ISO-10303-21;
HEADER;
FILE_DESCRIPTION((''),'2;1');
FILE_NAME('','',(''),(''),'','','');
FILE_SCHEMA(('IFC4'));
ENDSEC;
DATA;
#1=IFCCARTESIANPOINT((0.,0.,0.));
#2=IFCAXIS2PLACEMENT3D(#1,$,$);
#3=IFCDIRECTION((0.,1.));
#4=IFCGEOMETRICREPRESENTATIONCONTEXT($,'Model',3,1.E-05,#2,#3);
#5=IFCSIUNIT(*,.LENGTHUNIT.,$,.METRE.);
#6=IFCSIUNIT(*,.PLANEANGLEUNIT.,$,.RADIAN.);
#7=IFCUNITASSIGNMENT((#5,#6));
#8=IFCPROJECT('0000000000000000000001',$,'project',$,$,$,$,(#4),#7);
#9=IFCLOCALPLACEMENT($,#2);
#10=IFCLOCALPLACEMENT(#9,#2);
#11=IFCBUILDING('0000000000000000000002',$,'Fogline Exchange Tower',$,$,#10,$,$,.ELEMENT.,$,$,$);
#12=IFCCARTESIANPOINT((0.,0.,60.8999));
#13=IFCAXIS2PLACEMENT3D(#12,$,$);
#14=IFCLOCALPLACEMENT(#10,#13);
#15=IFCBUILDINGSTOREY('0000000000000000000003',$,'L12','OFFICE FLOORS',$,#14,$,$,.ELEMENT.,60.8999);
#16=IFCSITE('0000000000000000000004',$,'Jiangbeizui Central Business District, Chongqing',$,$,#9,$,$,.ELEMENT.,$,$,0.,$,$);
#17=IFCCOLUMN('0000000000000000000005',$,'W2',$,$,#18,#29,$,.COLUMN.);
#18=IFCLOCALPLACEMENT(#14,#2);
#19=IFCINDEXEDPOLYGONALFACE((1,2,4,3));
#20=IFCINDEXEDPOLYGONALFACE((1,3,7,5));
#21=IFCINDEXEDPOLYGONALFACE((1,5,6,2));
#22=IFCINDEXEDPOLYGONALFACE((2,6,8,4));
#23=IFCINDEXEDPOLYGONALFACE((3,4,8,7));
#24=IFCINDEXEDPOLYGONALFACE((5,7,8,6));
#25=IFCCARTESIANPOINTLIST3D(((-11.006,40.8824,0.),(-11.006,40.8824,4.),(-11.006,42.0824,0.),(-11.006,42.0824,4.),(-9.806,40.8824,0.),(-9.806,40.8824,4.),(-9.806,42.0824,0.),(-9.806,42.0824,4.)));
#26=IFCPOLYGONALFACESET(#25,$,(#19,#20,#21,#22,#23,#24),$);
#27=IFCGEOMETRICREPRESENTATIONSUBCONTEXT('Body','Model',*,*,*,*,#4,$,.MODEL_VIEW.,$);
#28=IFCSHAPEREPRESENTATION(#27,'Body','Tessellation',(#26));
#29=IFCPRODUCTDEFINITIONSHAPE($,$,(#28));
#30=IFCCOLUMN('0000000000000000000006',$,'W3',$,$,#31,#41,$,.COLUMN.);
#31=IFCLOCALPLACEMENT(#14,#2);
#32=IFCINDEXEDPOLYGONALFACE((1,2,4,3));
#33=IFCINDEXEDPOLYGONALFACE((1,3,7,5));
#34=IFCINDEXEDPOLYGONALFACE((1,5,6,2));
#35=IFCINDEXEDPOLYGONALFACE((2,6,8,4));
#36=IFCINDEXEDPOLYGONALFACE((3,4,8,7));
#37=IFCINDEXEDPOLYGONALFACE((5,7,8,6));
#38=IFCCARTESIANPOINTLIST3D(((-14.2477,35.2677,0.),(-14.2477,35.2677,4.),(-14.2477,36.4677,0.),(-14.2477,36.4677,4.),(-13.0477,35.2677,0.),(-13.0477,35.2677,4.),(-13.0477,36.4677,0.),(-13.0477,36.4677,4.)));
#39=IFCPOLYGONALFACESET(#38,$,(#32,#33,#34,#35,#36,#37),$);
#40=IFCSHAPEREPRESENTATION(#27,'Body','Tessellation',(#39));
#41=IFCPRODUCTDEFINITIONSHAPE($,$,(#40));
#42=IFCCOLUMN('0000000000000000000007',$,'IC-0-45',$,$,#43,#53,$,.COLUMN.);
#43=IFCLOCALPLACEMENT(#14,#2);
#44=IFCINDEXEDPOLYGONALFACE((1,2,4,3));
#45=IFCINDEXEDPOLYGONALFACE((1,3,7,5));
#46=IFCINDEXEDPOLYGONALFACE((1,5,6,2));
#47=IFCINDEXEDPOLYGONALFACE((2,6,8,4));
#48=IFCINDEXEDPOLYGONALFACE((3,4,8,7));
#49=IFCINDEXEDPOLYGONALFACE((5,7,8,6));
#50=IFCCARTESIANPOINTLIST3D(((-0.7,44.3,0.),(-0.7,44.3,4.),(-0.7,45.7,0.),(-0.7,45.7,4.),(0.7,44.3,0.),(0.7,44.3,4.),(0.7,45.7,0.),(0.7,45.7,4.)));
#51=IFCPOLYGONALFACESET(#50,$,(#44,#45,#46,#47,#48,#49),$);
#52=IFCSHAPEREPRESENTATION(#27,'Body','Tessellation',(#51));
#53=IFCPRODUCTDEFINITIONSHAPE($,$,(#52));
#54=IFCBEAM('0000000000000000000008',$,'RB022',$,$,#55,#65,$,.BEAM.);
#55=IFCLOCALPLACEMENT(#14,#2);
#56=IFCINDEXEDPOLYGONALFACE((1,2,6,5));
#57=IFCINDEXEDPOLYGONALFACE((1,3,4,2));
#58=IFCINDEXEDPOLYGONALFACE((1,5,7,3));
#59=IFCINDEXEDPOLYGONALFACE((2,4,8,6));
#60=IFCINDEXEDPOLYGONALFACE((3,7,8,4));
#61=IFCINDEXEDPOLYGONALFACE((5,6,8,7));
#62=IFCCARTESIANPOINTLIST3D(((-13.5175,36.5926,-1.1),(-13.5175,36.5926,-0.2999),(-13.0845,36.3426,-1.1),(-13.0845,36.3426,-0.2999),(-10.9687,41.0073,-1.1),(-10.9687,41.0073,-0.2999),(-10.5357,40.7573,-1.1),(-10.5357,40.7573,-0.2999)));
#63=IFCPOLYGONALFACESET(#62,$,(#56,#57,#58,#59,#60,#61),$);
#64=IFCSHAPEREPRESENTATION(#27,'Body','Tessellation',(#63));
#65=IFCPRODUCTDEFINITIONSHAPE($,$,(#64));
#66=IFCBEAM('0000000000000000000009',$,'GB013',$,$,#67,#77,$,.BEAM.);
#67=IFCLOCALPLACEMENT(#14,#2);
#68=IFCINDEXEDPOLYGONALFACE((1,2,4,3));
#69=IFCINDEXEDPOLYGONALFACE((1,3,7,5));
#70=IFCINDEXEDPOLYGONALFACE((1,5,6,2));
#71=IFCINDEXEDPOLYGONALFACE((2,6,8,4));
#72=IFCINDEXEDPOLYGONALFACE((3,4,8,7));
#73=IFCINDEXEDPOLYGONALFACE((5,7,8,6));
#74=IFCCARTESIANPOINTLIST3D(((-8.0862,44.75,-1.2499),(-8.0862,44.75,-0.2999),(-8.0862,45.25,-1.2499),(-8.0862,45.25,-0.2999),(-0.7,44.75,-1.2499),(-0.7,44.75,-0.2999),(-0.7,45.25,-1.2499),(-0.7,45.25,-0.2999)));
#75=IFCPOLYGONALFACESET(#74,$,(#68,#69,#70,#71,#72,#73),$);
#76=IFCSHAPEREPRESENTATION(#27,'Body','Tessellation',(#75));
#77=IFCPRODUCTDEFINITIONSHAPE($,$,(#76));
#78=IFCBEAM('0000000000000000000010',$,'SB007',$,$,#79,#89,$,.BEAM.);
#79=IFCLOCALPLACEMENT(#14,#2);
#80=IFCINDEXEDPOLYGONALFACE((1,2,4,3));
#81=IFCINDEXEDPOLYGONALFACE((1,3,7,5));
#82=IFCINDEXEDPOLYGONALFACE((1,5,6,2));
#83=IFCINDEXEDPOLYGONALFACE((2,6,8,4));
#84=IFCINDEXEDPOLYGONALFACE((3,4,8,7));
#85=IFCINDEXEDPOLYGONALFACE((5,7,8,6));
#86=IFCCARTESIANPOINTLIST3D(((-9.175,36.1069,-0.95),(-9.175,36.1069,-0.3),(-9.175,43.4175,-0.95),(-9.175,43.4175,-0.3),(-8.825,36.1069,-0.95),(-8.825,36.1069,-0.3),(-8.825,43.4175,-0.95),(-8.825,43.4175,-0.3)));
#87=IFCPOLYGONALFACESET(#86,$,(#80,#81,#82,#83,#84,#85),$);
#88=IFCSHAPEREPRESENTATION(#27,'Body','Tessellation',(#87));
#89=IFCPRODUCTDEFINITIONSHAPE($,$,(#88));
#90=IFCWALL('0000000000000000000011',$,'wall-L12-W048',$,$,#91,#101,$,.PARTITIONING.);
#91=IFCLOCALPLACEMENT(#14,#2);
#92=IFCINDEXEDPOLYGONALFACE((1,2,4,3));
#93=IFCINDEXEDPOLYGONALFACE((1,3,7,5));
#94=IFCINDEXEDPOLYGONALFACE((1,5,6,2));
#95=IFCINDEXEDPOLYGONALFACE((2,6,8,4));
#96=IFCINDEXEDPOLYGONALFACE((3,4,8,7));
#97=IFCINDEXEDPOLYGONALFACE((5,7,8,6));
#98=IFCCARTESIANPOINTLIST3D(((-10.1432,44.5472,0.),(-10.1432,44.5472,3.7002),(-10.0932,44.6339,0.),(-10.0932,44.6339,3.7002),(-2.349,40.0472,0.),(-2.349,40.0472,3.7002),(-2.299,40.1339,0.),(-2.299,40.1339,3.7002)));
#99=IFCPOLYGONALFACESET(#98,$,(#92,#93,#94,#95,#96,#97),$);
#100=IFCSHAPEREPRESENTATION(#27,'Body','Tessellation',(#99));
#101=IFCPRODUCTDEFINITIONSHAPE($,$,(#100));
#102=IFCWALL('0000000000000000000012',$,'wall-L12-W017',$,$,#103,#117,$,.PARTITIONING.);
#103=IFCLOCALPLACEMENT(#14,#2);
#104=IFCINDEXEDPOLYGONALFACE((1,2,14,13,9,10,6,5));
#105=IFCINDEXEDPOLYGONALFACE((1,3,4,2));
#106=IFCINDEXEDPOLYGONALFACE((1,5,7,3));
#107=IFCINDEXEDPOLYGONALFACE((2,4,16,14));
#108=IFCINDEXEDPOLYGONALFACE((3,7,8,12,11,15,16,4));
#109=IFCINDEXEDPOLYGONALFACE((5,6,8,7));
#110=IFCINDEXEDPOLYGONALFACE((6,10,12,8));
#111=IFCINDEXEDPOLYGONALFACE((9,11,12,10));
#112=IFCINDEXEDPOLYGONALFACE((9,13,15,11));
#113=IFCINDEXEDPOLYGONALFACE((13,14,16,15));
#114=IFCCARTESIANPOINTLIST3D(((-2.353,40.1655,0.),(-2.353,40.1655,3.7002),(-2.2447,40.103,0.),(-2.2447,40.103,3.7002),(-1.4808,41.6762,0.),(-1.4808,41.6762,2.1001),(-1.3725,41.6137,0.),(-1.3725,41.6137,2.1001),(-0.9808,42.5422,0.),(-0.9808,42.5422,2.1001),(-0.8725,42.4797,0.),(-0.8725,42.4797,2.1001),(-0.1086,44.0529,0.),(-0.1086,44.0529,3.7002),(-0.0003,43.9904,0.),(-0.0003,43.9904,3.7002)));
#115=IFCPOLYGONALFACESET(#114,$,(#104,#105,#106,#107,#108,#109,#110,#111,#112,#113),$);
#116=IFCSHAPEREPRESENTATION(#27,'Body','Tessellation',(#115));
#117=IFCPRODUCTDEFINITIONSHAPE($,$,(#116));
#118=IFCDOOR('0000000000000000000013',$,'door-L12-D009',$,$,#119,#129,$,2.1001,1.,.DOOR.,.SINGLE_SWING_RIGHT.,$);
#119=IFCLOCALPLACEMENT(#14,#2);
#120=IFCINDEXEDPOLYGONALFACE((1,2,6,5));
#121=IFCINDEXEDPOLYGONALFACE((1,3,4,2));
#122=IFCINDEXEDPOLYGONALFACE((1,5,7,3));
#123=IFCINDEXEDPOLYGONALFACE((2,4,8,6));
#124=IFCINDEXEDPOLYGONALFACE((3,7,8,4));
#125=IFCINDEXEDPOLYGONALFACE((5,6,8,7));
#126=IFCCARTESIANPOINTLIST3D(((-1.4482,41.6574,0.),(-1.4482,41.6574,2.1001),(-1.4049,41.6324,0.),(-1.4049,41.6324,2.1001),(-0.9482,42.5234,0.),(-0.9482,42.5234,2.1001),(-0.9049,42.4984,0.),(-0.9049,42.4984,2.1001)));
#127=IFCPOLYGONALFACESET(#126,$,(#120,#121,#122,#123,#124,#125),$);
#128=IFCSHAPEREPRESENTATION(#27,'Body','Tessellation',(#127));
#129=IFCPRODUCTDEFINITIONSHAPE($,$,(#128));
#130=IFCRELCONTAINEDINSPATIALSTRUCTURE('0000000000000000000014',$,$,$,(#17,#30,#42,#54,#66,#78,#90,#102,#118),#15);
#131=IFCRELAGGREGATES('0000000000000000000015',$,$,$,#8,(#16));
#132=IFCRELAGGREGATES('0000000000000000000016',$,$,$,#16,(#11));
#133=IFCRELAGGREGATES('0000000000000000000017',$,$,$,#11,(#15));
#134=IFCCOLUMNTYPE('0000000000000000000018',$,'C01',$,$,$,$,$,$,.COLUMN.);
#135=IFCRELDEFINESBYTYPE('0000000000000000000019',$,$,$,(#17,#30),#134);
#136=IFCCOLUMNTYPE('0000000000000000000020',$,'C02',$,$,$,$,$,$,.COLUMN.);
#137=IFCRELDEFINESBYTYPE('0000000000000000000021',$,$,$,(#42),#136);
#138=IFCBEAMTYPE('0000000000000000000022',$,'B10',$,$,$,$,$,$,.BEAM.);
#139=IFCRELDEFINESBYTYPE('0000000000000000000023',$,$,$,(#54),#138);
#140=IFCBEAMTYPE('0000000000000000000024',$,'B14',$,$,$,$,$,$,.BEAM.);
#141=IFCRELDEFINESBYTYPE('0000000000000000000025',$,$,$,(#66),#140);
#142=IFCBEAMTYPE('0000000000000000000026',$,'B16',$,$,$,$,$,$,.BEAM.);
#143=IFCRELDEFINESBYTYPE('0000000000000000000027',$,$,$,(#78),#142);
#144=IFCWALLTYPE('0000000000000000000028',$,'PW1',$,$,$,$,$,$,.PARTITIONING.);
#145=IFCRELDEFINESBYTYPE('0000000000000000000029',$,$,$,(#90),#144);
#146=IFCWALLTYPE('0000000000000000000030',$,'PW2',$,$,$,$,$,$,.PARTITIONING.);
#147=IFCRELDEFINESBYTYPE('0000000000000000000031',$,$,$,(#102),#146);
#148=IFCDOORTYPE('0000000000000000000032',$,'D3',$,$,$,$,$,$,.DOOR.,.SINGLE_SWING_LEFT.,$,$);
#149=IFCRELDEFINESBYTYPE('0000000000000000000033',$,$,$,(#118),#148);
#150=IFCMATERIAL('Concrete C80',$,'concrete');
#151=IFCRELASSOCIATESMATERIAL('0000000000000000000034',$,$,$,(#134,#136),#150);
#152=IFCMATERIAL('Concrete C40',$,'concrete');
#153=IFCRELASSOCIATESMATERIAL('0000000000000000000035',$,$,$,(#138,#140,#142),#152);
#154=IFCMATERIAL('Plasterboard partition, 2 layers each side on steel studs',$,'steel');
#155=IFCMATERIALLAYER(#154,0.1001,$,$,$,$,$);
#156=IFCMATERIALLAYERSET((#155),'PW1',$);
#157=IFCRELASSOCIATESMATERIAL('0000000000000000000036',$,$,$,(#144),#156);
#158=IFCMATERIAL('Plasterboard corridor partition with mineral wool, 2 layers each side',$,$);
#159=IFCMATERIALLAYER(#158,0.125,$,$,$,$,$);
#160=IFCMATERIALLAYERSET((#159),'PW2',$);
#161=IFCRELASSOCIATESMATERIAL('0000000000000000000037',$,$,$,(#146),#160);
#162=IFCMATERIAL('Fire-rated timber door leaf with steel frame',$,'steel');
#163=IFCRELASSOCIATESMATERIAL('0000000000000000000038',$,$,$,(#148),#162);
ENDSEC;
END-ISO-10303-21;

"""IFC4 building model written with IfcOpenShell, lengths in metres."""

from ifc_helpers import new_model, si_unit, direction, frame, frame_2d, origin, origin_2d, place, context, subcontext, project, spatial, rectangle, extrude, material, layer, layer_set, material_profile, profile_set, type_object, element, fill, save


model = new_model("IFC4")

# Units and contexts
model_context = context("Model", 3, precision=1e-05, world=origin(), true_north=direction((0.0, 1.0)))
body_context = subcontext(model_context, "Body", "Model", "MODEL_VIEW")
ifc_project = project(units=[si_unit("LENGTHUNIT", "METRE"), si_unit("PLANEANGLEUNIT", "RADIAN")], contexts=[model_context])

# Site, building, storey
site_placement = place(None, origin())
site = spatial("IfcSite", under=ifc_project, at=site_placement, Name="Jiangbeizui Central Business District, Chongqing", CompositionType="ELEMENT", RefElevation=0.0)
building_placement = place(site_placement, origin())
building = spatial("IfcBuilding", under=site, at=building_placement, Name="Fogline Exchange Tower", CompositionType="ELEMENT")
storey_placement = place(building_placement, frame((0.0, 0.0, 60.8999)))
storey = spatial("IfcBuildingStorey", under=building, at=storey_placement, Name="L12", Description="OFFICE FLOORS", CompositionType="ELEMENT", Elevation=60.8999)

# Columns
ifc_material_1 = material(Name="Concrete C80", Category="concrete")
ifc_material_profile_1 = material_profile(ifc_material_1, rectangle(XDim=1.2, YDim=1.2, at=origin_2d()), Name="RC 1200x1200")
ifc_profile_set_1 = profile_set([ifc_material_profile_1], Name="Concrete C80")
column_type_1 = type_object("IfcColumnType", Name="C01", PredefinedType="COLUMN", material=ifc_profile_set_1)
for number, where, z_axis, x_axis, name in (
    (1, (-10.406, 41.4824, 0.0), (0.0, 0.0, 1.0), (1.0, 0.0, 0.0), "W2"),
    (2, (-13.6477, 35.8677, 0.0), (0.0, 0.0, 1.0), (1.0, 0.0, 0.0), "W3"),
):
    element("IfcColumn", number, at=place(storey_placement, frame(where, z_axis=z_axis, x_axis=x_axis)), inside=storey, type_object=column_type_1, Name=name, PredefinedType="COLUMN", context=body_context, shape_type="SweptSolid", body=[
        extrude(rectangle(XDim=1.2, YDim=1.2, at=origin_2d()), origin(), (0.0, 0.0, 1.0), 4.0),
    ])
ifc_material_profile_2 = material_profile(ifc_material_1, rectangle(XDim=1.3999, YDim=1.3999, at=origin_2d()), Name="RC 1400x1400")
ifc_profile_set_2 = profile_set([ifc_material_profile_2], Name="Concrete C80")
column_type_2 = type_object("IfcColumnType", Name="C02", PredefinedType="COLUMN", material=ifc_profile_set_2)
column_placement = place(storey_placement, frame((0.0, 45.0, 0.0), z_axis=(0.0, 0.0, 1.0), x_axis=(1.0, 0.0, 0.0)))
element("IfcColumn", 3, at=column_placement, inside=storey, type_object=column_type_2, Name="IC-0-45", PredefinedType="COLUMN", context=body_context, shape_type="SweptSolid", body=[
    extrude(rectangle(XDim=1.3999, YDim=1.3999, at=origin_2d()), origin(), (0.0, 0.0, 1.0), 4.0),
])

# Beams
ifc_material_2 = material(Name="Concrete C40", Category="concrete")
ifc_material_profile_3 = material_profile(ifc_material_2, rectangle(XDim=0.5, YDim=0.8, at=origin_2d()), Name="RC 500x800")
ifc_profile_set_3 = profile_set([ifc_material_profile_3], Name="Concrete C40")
beam_type_1 = type_object("IfcBeamType", Name="B10", PredefinedType="BEAM", material=ifc_profile_set_3)
beam_1_placement = place(storey_placement, frame((-10.7522, 40.8823, -0.7), z_axis=(-0.499992, -0.86603, 0.0), x_axis=(0.86603, -0.499992, 0.0)))
element("IfcBeam", 4, at=beam_1_placement, inside=storey, type_object=beam_type_1, Name="RB022", PredefinedType="BEAM", context=body_context, shape_type="SweptSolid", body=[
    extrude(rectangle(XDim=0.5, YDim=0.8, at=origin_2d()), origin(), (0.0, 0.0, 1.0), 5.0977),
])
ifc_material_profile_4 = material_profile(ifc_material_2, rectangle(XDim=0.5, YDim=0.95, at=origin_2d()), Name="RC 500x950")
ifc_profile_set_4 = profile_set([ifc_material_profile_4], Name="Concrete C40")
beam_type_2 = type_object("IfcBeamType", Name="B14", PredefinedType="BEAM", material=ifc_profile_set_4)
beam_2_placement = place(storey_placement, frame((-8.0862, 45.0, -0.7749), z_axis=(1.0, 0.0, 0.0), x_axis=(0.0, 1.0, 0.0)))
element("IfcBeam", 5, at=beam_2_placement, inside=storey, type_object=beam_type_2, Name="GB013", PredefinedType="BEAM", context=body_context, shape_type="SweptSolid", body=[
    extrude(rectangle(XDim=0.5, YDim=0.95, at=origin_2d()), origin(), (0.0, 0.0, 1.0), 7.3862),
])
ifc_material_profile_5 = material_profile(ifc_material_2, rectangle(XDim=0.3501, YDim=0.6499, at=origin_2d()), Name="RC 350x650")
ifc_profile_set_5 = profile_set([ifc_material_profile_5], Name="Concrete C40")
beam_type_3 = type_object("IfcBeamType", Name="B16", PredefinedType="BEAM", material=ifc_profile_set_5)
beam_3_placement = place(storey_placement, frame((-9.0, 36.1069, -0.625), z_axis=(0.0, 1.0, 0.0), x_axis=(-1.0, 0.0, 0.0)))
element("IfcBeam", 6, at=beam_3_placement, inside=storey, type_object=beam_type_3, Name="SB007", PredefinedType="BEAM", context=body_context, shape_type="SweptSolid", body=[
    extrude(rectangle(XDim=0.3501, YDim=0.6499, at=origin_2d()), origin(), (0.0, 0.0, 1.0), 7.3105),
])

# Wall
ifc_material_3 = material(Name="Plasterboard partition, 2 layers each side on steel studs", Category="steel")
ifc_layer_1 = layer(ifc_material_3, 0.1001)
ifc_layer_set_1 = layer_set([ifc_layer_1], Name="PW1")
wall_type_1 = type_object("IfcWallType", Name="PW1", PredefinedType="PARTITIONING", material=ifc_layer_set_1)
wall_1_placement = place(storey_placement, frame((-2.324, 40.0906, 0.0), z_axis=(0.0, 0.0, 1.0), x_axis=(-0.866024, 0.500002, 0.0)))
element("IfcWall", 7, at=wall_1_placement, inside=storey, type_object=wall_type_1, Name="wall-L12-W048", PredefinedType="PARTITIONING", context=body_context, shape_type="SweptSolid", body=[
    extrude(rectangle(XDim=9.0, YDim=0.1001, at=frame_2d((4.5, 0.0))), origin(), (0.0, 0.0, 1.0), 3.7002),
])

# Wall, opening, door
ifc_material_4 = material(Name="Plasterboard corridor partition with mineral wool, 2 layers each side")
ifc_layer_2 = layer(ifc_material_4, 0.125)
ifc_layer_set_2 = layer_set([ifc_layer_2], Name="PW2")
wall_type_2 = type_object("IfcWallType", Name="PW2", PredefinedType="PARTITIONING", material=ifc_layer_set_2)
wall_2_placement = place(storey_placement, frame((-2.2988, 40.1343, 0.0), z_axis=(0.0, 0.0, 1.0), x_axis=(0.499994, 0.866029, 0.0)))
wall_2 = element("IfcWall", 8, at=wall_2_placement, inside=storey, type_object=wall_type_2, Name="wall-L12-W017", PredefinedType="PARTITIONING", context=body_context, shape_type="SweptSolid", body=[
    extrude(rectangle(XDim=4.4888, YDim=0.125, at=frame_2d((2.2444, 0.0))), origin(), (0.0, 0.0, 1.0), 3.7002),
])
opening_placement = place(wall_2_placement, frame((1.7444, 0.0, 0.0)))
opening = element("IfcOpeningElement", 9, at=opening_placement, cuts=wall_2, PredefinedType="OPENING", context=body_context, shape_type="SweptSolid", body=[
    extrude(rectangle(XDim=1.0, YDim=2.1001, at=frame_2d((0.5, 1.05))), frame((0.0, 0.0725, 0.0), z_axis=(0.0, -1.0, 0.0), x_axis=(1.0, 0.0, 0.0)), (0.0, 0.0, 1.0), 0.145),
])
ifc_material_5 = material(Name="Fire-rated timber door leaf with steel frame", Category="steel")
door_type = type_object("IfcDoorType", Name="D3", OperationType="SINGLE_SWING_LEFT", PredefinedType="DOOR", material=ifc_material_5)
door_placement = place(opening_placement, origin())
door = element("IfcDoor", 10, at=door_placement, inside=storey, type_object=door_type, Name="door-L12-D009", OperationType="SINGLE_SWING_RIGHT", OverallHeight=2.1001, OverallWidth=1.0, PredefinedType="DOOR", context=body_context, shape_type="SweptSolid", body=[
    extrude(rectangle(XDim=1.0, YDim=2.1001, at=frame_2d((0.5, 1.05))), frame((0.0, 0.0249, 0.0), z_axis=(0.0, -1.0, 0.0), x_axis=(1.0, 0.0, 0.0)), (0.0, 0.0, 1.0), 0.05),
])
fill(opening, door)

save(model, "model.ifc")
